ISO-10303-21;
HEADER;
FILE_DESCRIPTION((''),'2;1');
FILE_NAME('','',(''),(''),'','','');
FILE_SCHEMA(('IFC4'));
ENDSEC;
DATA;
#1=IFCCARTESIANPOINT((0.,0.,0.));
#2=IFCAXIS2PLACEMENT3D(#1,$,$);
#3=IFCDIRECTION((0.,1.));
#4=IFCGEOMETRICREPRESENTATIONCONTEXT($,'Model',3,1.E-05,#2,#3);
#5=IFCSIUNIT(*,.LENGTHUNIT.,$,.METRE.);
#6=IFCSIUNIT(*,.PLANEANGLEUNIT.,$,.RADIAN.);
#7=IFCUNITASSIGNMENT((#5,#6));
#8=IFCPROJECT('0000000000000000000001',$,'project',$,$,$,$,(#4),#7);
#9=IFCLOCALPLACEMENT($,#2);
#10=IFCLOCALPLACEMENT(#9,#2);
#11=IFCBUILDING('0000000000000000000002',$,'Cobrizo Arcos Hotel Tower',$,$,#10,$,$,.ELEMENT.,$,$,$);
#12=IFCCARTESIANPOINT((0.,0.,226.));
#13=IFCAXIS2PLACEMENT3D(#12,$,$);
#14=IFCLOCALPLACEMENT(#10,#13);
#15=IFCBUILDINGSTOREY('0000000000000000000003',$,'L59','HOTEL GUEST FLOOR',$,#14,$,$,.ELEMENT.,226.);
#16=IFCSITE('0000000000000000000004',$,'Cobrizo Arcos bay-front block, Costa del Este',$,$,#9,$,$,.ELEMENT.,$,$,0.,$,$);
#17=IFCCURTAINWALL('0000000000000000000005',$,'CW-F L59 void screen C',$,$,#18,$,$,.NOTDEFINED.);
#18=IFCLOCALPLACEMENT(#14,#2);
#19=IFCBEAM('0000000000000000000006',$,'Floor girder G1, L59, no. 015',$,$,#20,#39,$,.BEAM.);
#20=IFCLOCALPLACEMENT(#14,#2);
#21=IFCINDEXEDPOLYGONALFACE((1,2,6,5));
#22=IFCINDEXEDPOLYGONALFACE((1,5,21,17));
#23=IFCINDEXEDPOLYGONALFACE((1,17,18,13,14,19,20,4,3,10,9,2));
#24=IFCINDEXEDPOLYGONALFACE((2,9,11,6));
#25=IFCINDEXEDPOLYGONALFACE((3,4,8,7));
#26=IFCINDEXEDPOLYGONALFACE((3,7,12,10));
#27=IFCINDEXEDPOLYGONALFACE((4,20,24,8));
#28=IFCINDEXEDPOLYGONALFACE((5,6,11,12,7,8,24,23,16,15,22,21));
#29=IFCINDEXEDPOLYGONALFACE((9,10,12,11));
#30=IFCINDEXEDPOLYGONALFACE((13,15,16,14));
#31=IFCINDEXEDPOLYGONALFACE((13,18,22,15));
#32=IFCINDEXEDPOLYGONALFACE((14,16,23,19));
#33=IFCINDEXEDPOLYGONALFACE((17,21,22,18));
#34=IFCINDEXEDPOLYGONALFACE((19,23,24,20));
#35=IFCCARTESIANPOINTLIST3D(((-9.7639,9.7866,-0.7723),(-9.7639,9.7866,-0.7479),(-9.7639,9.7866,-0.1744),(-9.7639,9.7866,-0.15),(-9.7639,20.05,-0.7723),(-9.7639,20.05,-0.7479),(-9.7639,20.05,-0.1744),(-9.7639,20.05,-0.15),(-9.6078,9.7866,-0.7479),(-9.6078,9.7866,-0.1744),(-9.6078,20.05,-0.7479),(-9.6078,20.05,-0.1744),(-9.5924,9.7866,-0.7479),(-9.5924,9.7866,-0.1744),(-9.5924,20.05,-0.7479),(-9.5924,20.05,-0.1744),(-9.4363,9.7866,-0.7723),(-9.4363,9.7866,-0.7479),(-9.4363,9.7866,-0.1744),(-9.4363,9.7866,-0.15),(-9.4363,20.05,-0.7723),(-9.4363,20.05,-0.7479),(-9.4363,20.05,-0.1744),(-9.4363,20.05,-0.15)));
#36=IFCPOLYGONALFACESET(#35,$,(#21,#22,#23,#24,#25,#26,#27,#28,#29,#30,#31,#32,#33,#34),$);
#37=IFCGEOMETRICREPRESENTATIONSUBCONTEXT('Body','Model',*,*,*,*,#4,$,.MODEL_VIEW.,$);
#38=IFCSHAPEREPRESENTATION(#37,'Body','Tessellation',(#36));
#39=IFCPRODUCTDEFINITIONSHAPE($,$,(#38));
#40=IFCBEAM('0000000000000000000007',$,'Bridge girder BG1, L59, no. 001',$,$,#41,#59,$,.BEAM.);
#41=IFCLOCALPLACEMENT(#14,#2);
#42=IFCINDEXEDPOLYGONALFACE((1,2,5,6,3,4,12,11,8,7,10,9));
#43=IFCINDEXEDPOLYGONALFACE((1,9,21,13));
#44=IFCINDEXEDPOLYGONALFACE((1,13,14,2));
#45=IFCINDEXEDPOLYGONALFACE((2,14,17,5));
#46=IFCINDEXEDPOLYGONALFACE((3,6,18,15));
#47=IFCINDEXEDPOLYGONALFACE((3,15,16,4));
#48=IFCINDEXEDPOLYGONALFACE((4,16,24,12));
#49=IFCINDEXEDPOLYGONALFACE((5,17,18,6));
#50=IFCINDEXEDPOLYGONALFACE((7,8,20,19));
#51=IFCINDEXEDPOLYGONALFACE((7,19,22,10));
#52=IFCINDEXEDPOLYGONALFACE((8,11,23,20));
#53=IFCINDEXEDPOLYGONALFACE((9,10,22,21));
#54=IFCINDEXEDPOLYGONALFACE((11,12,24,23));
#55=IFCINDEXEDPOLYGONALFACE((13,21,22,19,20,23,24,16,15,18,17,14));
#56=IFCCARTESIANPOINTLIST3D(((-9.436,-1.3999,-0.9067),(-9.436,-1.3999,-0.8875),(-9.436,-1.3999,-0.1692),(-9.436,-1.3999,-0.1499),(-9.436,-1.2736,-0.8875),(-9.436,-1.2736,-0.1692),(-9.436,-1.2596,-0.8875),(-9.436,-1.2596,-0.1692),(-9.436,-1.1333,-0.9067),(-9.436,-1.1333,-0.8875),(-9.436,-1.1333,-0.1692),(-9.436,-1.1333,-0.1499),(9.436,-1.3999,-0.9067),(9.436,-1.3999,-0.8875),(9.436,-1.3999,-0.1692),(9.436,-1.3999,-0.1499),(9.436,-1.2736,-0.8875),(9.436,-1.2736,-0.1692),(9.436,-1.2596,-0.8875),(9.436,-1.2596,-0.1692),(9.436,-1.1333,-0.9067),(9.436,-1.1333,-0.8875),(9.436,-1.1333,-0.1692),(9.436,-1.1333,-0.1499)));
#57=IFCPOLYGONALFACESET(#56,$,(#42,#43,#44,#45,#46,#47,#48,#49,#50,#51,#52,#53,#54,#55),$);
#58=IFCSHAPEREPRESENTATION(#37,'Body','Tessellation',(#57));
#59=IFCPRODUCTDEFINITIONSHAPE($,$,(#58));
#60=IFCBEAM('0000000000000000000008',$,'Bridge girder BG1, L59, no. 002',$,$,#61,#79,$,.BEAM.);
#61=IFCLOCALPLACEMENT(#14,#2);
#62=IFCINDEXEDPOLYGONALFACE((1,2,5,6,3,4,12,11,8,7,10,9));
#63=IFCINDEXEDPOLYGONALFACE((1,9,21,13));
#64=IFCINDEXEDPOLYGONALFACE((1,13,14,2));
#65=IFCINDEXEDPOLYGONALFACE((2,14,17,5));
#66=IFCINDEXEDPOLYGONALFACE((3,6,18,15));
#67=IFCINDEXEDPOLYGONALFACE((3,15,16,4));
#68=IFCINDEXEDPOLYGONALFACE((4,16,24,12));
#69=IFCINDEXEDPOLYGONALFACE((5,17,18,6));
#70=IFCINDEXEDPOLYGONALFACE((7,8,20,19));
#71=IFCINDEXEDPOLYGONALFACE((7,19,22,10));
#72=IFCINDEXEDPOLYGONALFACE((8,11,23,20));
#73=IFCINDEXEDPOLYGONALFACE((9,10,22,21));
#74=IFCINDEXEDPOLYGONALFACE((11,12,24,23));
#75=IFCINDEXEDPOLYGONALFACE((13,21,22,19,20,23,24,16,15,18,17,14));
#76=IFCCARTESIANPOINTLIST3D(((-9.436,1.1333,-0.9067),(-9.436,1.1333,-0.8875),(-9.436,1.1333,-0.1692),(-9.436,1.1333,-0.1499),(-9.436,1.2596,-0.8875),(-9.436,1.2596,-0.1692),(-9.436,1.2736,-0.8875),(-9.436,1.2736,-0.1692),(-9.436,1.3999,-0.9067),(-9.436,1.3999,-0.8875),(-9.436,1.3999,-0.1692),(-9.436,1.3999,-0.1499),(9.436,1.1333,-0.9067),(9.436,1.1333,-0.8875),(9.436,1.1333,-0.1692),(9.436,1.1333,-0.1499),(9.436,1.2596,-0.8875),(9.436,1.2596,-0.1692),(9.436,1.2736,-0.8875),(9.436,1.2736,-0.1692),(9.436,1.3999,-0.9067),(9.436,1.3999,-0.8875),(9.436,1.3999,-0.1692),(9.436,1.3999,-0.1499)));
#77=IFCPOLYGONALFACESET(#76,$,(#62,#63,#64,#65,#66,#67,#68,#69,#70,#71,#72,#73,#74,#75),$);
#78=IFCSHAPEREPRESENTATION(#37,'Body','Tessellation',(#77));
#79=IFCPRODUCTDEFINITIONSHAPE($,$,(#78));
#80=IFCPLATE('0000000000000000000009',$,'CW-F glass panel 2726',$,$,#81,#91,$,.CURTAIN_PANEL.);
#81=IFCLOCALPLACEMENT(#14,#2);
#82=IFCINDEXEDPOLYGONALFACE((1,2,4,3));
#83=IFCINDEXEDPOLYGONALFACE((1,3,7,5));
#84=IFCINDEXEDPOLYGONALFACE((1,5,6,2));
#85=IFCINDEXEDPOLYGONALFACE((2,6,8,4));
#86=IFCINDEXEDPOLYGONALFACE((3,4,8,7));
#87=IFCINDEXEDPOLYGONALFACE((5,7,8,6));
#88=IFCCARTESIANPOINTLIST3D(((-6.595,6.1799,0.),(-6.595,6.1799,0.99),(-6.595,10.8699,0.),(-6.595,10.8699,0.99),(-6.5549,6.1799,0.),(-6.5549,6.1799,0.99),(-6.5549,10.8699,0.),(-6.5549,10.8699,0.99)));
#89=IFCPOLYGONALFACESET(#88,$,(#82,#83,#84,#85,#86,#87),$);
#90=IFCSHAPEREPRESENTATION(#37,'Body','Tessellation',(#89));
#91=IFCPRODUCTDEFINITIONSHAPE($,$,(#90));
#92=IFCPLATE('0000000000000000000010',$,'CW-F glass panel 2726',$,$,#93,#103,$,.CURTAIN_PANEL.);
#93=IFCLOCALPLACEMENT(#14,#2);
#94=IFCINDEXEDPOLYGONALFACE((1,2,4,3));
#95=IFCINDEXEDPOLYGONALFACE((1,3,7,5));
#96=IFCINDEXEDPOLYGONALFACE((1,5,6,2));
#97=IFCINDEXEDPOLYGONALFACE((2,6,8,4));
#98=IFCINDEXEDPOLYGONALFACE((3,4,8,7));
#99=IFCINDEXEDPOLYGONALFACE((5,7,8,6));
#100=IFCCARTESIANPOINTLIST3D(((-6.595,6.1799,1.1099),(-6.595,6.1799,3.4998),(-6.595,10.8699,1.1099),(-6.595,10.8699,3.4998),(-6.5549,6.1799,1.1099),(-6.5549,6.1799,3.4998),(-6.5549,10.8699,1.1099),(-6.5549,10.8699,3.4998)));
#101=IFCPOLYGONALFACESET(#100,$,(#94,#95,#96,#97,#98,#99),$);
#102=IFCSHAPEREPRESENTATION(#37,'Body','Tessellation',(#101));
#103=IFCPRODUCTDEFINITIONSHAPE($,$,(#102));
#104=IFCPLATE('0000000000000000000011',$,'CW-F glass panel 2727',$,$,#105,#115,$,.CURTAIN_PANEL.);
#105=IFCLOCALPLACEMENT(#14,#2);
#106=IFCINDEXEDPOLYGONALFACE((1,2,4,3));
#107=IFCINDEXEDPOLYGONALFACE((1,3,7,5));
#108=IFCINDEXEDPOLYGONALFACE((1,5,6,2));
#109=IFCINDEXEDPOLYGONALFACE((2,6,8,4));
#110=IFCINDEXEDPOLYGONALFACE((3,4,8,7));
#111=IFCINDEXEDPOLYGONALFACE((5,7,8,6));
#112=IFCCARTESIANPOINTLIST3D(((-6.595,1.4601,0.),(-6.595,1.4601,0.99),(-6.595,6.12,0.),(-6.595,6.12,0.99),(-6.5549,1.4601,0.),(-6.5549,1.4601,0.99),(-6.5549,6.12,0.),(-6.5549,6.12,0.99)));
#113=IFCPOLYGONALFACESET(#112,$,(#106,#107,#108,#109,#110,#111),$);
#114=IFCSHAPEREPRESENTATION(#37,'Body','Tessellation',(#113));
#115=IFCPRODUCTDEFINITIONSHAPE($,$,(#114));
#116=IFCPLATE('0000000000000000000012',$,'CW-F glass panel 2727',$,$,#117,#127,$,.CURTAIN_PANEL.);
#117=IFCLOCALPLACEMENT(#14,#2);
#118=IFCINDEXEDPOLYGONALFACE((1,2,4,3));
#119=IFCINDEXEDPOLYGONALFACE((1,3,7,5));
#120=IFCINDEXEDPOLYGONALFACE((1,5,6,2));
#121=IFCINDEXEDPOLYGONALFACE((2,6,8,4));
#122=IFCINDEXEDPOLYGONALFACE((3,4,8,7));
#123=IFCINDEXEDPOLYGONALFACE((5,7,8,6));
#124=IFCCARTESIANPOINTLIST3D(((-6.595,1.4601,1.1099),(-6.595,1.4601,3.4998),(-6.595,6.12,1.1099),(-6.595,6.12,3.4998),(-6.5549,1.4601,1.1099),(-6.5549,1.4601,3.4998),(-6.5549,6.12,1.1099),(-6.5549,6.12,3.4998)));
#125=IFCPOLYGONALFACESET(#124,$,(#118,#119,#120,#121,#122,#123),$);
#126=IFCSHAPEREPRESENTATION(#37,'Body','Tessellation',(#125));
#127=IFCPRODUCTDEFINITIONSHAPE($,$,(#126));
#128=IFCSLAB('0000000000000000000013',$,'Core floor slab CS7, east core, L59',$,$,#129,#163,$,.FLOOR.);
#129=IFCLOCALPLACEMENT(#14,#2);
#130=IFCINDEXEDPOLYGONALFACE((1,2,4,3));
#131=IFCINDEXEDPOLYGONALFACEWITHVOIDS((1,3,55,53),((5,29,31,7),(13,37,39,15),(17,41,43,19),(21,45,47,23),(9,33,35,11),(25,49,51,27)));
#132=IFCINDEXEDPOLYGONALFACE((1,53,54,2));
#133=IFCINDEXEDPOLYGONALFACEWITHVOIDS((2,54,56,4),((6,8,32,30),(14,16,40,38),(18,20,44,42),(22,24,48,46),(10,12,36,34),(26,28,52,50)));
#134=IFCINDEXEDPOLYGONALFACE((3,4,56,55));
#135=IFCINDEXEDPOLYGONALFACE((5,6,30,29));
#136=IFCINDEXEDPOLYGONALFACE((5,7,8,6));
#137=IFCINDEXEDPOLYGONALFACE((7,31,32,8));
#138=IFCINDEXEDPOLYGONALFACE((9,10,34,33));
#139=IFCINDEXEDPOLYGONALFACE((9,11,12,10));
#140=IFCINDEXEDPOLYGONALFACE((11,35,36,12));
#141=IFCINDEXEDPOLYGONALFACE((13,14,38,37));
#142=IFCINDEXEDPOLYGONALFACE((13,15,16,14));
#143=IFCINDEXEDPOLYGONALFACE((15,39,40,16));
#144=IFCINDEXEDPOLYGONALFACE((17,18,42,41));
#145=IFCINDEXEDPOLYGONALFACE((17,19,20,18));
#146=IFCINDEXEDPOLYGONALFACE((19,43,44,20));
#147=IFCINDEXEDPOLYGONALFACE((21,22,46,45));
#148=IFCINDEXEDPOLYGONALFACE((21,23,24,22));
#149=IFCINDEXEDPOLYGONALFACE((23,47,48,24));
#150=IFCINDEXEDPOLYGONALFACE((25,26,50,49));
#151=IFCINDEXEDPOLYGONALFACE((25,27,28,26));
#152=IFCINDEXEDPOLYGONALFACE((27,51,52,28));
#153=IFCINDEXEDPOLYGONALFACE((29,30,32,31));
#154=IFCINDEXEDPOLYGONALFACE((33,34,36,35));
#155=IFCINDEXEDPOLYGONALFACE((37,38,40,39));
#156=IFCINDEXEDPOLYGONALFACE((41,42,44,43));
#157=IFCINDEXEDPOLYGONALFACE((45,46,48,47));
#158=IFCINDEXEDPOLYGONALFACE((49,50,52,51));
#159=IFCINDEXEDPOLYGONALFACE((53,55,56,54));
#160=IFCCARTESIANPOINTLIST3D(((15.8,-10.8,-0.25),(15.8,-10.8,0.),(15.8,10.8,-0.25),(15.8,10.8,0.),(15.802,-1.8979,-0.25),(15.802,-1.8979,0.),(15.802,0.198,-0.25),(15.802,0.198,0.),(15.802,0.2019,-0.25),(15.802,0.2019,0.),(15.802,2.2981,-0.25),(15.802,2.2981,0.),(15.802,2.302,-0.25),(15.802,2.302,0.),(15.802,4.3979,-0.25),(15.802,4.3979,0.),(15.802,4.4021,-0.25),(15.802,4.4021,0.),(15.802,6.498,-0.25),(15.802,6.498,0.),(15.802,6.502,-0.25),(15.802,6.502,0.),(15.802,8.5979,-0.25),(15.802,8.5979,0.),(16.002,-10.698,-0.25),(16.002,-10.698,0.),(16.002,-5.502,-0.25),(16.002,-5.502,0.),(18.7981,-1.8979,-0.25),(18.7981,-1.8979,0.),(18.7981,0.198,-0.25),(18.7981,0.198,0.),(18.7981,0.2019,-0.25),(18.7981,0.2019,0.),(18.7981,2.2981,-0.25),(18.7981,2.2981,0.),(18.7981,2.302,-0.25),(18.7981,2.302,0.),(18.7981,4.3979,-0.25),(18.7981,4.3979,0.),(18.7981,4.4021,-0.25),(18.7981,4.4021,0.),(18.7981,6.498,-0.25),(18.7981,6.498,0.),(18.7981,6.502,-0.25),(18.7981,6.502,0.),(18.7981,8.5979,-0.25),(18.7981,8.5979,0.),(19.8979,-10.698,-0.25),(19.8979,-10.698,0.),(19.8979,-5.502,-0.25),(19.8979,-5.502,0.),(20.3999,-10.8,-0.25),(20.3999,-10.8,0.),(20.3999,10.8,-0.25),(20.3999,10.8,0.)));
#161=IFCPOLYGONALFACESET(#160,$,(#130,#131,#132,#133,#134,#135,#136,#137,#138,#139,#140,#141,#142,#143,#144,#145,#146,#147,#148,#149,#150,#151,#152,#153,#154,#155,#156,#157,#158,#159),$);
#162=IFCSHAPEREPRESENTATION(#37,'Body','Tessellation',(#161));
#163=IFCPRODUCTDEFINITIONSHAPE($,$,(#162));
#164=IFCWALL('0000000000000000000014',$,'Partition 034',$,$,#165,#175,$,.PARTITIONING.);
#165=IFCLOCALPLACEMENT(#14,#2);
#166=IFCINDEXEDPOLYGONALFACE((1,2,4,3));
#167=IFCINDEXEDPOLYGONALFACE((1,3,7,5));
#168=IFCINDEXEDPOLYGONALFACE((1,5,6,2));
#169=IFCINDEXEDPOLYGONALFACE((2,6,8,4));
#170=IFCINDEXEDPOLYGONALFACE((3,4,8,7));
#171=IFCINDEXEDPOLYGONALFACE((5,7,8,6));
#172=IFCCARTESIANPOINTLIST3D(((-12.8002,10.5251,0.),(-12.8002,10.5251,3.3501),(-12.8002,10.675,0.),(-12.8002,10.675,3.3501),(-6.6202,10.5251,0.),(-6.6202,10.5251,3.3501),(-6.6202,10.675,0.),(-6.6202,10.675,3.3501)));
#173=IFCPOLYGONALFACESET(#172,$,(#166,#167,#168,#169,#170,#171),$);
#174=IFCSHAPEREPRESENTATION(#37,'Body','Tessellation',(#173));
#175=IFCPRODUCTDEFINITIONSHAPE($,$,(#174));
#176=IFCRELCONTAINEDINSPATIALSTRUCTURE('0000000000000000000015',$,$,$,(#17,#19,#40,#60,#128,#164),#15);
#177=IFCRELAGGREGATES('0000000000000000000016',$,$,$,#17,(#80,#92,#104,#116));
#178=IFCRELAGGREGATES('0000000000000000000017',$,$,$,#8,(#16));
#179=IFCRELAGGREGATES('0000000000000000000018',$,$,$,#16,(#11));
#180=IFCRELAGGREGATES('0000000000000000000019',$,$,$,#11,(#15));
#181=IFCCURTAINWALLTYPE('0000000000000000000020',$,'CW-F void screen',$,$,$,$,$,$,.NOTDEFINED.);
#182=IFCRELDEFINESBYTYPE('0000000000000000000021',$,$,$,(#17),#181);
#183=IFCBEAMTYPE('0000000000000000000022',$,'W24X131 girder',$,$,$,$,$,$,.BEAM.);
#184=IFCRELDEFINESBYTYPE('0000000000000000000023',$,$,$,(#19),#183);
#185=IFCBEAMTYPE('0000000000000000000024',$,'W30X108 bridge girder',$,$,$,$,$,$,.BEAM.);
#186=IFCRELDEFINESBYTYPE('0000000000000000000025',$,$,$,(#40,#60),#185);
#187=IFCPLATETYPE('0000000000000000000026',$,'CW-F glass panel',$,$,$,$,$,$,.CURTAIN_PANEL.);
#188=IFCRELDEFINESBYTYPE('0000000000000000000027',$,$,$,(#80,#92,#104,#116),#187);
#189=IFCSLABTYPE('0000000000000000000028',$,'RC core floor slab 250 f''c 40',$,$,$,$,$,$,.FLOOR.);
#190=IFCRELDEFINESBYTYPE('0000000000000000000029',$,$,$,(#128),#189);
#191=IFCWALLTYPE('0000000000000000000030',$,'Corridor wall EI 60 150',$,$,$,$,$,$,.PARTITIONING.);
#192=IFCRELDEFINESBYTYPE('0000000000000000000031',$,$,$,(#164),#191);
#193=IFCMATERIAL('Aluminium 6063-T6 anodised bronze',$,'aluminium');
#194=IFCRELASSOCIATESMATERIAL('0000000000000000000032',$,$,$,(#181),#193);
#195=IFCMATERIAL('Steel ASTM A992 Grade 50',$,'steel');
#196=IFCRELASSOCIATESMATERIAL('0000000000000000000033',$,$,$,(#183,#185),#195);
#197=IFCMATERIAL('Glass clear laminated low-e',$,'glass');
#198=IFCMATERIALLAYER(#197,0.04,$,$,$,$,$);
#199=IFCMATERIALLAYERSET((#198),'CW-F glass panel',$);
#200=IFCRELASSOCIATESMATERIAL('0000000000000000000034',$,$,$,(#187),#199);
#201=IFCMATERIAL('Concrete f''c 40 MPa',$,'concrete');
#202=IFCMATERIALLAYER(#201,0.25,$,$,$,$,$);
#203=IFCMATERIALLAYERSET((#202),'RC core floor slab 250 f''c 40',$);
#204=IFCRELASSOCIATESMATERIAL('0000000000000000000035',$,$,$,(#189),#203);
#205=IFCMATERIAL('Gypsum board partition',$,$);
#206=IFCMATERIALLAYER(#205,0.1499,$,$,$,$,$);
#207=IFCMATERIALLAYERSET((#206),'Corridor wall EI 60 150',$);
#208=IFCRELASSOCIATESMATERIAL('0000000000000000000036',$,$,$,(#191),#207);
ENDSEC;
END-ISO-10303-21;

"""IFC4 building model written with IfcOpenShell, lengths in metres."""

from ifc_helpers import new_model, si_unit, direction, frame, frame_2d, origin, origin_2d, place, context, subcontext, project, spatial, polyline, rectangle, i_section, outline, extrude, material, layer, layer_set, material_profile, profile_set, type_object, element, aggregate, save


model = new_model("IFC4")

# Units and contexts
model_context = context("Model", 3, precision=1e-05, world=origin(), true_north=direction((0.0, 1.0)))
body_context = subcontext(model_context, "Body", "Model", "MODEL_VIEW")
ifc_project = project(units=[si_unit("LENGTHUNIT", "METRE"), si_unit("PLANEANGLEUNIT", "RADIAN")], contexts=[model_context])

# Site, building, storey
site_placement = place(None, origin())
site = spatial("IfcSite", under=ifc_project, at=site_placement, Name="Cobrizo Arcos bay-front block, Costa del Este", CompositionType="ELEMENT", RefElevation=0.0)
building_placement = place(site_placement, origin())
building = spatial("IfcBuilding", under=site, at=building_placement, Name="Cobrizo Arcos Hotel Tower", CompositionType="ELEMENT")
storey_placement = place(building_placement, frame((0.0, 0.0, 226.0)))
storey = spatial("IfcBuildingStorey", under=building, at=storey_placement, Name="L59", Description="HOTEL GUEST FLOOR", CompositionType="ELEMENT", Elevation=226.0)

# Shared definitions
ifc_material_1 = material(Name="Steel ASTM A992 Grade 50", Category="steel")

# Curtain wall
ifc_material_2 = material(Name="Aluminium 6063-T6 anodised bronze", Category="aluminium")
curtain_wall_type = type_object("IfcCurtainWallType", Name="CW-F void screen", PredefinedType="NOTDEFINED", material=ifc_material_2)
curtain_wall_placement = place(storey_placement, origin())
curtain_wall = element("IfcCurtainWall", 1, at=curtain_wall_placement, inside=storey, type_object=curtain_wall_type, Name="CW-F L59 void screen C", PredefinedType="NOTDEFINED")

# Beams
ifc_material_profile_1 = material_profile(ifc_material_1, i_section(OverallWidth=0.3276, OverallDepth=0.6223, WebThickness=0.0154, FlangeThickness=0.0244, at=origin_2d()), Name="W24X131")
ifc_profile_set_1 = profile_set([ifc_material_profile_1], Name="Steel ASTM A992 Grade 50")
beam_type_1 = type_object("IfcBeamType", Name="W24X131 girder", PredefinedType="BEAM", material=ifc_profile_set_1)
beam_1_placement = place(storey_placement, frame((-9.6001, 9.7866, -0.4612), z_axis=(0.0, 1.0, 0.0), x_axis=(-1.0, 0.0, 0.0)))
element("IfcBeam", 2, at=beam_1_placement, inside=storey, type_object=beam_type_1, Name="Floor girder G1, L59, no. 015", PredefinedType="BEAM", context=body_context, shape_type="SweptSolid", body=[
    extrude(i_section(OverallWidth=0.3276, OverallDepth=0.6223, WebThickness=0.0154, FlangeThickness=0.0244, at=origin_2d()), origin(), (0.0, 0.0, 1.0), 10.2634),
])
ifc_material_profile_2 = material_profile(ifc_material_1, i_section(OverallWidth=0.2666, OverallDepth=0.7568, WebThickness=0.0139, FlangeThickness=0.0193, at=origin_2d()), Name="W30X108")
ifc_profile_set_2 = profile_set([ifc_material_profile_2], Name="Steel ASTM A992 Grade 50")
beam_type_2 = type_object("IfcBeamType", Name="W30X108 bridge girder", PredefinedType="BEAM", material=ifc_profile_set_2)
for number, where, z_axis, x_axis, name in (
    (3, (-9.436, -1.2666, -0.5283), (1.0, 0.0, 0.0), (0.0, 1.0, 0.0), "Bridge girder BG1, L59, no. 001"),
    (4, (-9.436, 1.2666, -0.5283), (1.0, 0.0, 0.0), (0.0, 1.0, 0.0), "Bridge girder BG1, L59, no. 002"),
):
    element("IfcBeam", number, at=place(storey_placement, frame(where, z_axis=z_axis, x_axis=x_axis)), inside=storey, type_object=beam_type_2, Name=name, PredefinedType="BEAM", context=body_context, shape_type="SweptSolid", body=[
        extrude(i_section(OverallWidth=0.2666, OverallDepth=0.7568, WebThickness=0.0139, FlangeThickness=0.0193, at=origin_2d()), origin(), (0.0, 0.0, 1.0), 18.8721),
    ])

# Plates
ifc_material_3 = material(Name="Glass clear laminated low-e", Category="glass")
ifc_layer_1 = layer(ifc_material_3, 0.04)
ifc_layer_set_1 = layer_set([ifc_layer_1], Name="CW-F glass panel")
plate_type = type_object("IfcPlateType", Name="CW-F glass panel", PredefinedType="CURTAIN_PANEL", material=ifc_layer_set_1)
plate_1_placement = place(storey_placement, frame((-6.575, 8.5249, 0.0), z_axis=(0.0, 0.0, 1.0), x_axis=(0.0, -1.0, 0.0)))
plate_1 = element("IfcPlate", 5, at=plate_1_placement, type_object=plate_type, Name="CW-F glass panel 2726", PredefinedType="CURTAIN_PANEL", context=body_context, shape_type="SweptSolid", body=[
    extrude(rectangle(XDim=4.6899, YDim=0.04, at=origin_2d()), origin(), (0.0, 0.0, 1.0), 0.99),
])
plate_2_placement = place(storey_placement, frame((-6.575, 8.5249, 1.1099), z_axis=(0.0, 0.0, 1.0), x_axis=(0.0, -1.0, 0.0)))
plate_2 = element("IfcPlate", 6, at=plate_2_placement, type_object=plate_type, Name="CW-F glass panel 2726", PredefinedType="CURTAIN_PANEL", context=body_context, shape_type="SweptSolid", body=[
    extrude(rectangle(XDim=4.6899, YDim=0.04, at=origin_2d()), origin(), (0.0, 0.0, 1.0), 2.3899),
])
plate_3_placement = place(storey_placement, frame((-6.575, 3.79, 0.0), z_axis=(0.0, 0.0, 1.0), x_axis=(0.0, -1.0, 0.0)))
plate_3 = element("IfcPlate", 7, at=plate_3_placement, type_object=plate_type, Name="CW-F glass panel 2727", PredefinedType="CURTAIN_PANEL", context=body_context, shape_type="SweptSolid", body=[
    extrude(rectangle(XDim=4.6599, YDim=0.04, at=origin_2d()), origin(), (0.0, 0.0, 1.0), 0.99),
])
plate_4_placement = place(storey_placement, frame((-6.575, 3.79, 1.1099), z_axis=(0.0, 0.0, 1.0), x_axis=(0.0, -1.0, 0.0)))
plate_4 = element("IfcPlate", 8, at=plate_4_placement, type_object=plate_type, Name="CW-F glass panel 2727", PredefinedType="CURTAIN_PANEL", context=body_context, shape_type="SweptSolid", body=[
    extrude(rectangle(XDim=4.6599, YDim=0.04, at=origin_2d()), origin(), (0.0, 0.0, 1.0), 2.3899),
])
aggregate(curtain_wall, [plate_1, plate_2, plate_3, plate_4])

# Slab
ifc_material_4 = material(Name="Concrete f'c 40 MPa", Category="concrete")
ifc_layer_2 = layer(ifc_material_4, 0.25)
ifc_layer_set_2 = layer_set([ifc_layer_2], Name="RC core floor slab 250 f'c 40")
slab_type = type_object("IfcSlabType", Name="RC core floor slab 250 f'c 40", PredefinedType="FLOOR", material=ifc_layer_set_2)
slab_placement = place(storey_placement, frame((0.0, 0.0, -0.25)))
element("IfcSlab", 9, at=slab_placement, inside=storey, type_object=slab_type, Name="Core floor slab CS7, east core, L59", PredefinedType="FLOOR", context=body_context, shape_type="SweptSolid", body=[
    extrude(outline(polyline([(15.8, 10.8), (20.3999, 10.8), (20.3999, -10.8), (15.8, -10.8), (15.8, 10.8)]), holes=[polyline([(19.8979, -10.698), (19.8979, -5.502), (16.002, -5.502), (16.002, -10.698), (19.8979, -10.698)]), polyline([(15.802, 0.198), (15.802, -1.8979), (18.7981, -1.8979), (18.7981, 0.198), (15.802, 0.198)]), polyline([(15.802, 2.2981), (15.802, 0.2019), (18.7981, 0.2019), (18.7981, 2.2981), (15.802, 2.2981)]), polyline([(15.802, 4.3979), (15.802, 2.302), (18.7981, 2.302), (18.7981, 4.3979), (15.802, 4.3979)]), polyline([(18.7981, 6.498), (15.802, 6.498), (15.802, 4.4021), (18.7981, 4.4021), (18.7981, 6.498)]), polyline([(18.7981, 8.5979), (15.802, 8.5979), (15.802, 6.502), (18.7981, 6.502), (18.7981, 8.5979)])]), origin(), (0.0, 0.0, 1.0), 0.25),
])

# Wall
ifc_material_5 = material(Name="Gypsum board partition")
ifc_layer_3 = layer(ifc_material_5, 0.1499)
ifc_layer_set_3 = layer_set([ifc_layer_3], Name="Corridor wall EI 60 150")
wall_type_1 = type_object("IfcWallType", Name="Corridor wall EI 60 150", PredefinedType="PARTITIONING", material=ifc_layer_set_3)
wall_1_placement = place(storey_placement, frame((-12.8, 10.6001, 0.0), z_axis=(0.0, 0.0, 1.0), x_axis=(1.0, 0.0, 0.0)))
element("IfcWall", 10, at=wall_1_placement, inside=storey, type_object=wall_type_1, Name="Partition 034", PredefinedType="PARTITIONING", context=body_context, shape_type="SweptSolid", body=[
    extrude(rectangle(XDim=6.1799, YDim=0.1499, at=frame_2d((3.0898, 0.0))), origin(), (0.0, 0.0, 1.0), 3.3501),
])

save(model, "model.ifc")
